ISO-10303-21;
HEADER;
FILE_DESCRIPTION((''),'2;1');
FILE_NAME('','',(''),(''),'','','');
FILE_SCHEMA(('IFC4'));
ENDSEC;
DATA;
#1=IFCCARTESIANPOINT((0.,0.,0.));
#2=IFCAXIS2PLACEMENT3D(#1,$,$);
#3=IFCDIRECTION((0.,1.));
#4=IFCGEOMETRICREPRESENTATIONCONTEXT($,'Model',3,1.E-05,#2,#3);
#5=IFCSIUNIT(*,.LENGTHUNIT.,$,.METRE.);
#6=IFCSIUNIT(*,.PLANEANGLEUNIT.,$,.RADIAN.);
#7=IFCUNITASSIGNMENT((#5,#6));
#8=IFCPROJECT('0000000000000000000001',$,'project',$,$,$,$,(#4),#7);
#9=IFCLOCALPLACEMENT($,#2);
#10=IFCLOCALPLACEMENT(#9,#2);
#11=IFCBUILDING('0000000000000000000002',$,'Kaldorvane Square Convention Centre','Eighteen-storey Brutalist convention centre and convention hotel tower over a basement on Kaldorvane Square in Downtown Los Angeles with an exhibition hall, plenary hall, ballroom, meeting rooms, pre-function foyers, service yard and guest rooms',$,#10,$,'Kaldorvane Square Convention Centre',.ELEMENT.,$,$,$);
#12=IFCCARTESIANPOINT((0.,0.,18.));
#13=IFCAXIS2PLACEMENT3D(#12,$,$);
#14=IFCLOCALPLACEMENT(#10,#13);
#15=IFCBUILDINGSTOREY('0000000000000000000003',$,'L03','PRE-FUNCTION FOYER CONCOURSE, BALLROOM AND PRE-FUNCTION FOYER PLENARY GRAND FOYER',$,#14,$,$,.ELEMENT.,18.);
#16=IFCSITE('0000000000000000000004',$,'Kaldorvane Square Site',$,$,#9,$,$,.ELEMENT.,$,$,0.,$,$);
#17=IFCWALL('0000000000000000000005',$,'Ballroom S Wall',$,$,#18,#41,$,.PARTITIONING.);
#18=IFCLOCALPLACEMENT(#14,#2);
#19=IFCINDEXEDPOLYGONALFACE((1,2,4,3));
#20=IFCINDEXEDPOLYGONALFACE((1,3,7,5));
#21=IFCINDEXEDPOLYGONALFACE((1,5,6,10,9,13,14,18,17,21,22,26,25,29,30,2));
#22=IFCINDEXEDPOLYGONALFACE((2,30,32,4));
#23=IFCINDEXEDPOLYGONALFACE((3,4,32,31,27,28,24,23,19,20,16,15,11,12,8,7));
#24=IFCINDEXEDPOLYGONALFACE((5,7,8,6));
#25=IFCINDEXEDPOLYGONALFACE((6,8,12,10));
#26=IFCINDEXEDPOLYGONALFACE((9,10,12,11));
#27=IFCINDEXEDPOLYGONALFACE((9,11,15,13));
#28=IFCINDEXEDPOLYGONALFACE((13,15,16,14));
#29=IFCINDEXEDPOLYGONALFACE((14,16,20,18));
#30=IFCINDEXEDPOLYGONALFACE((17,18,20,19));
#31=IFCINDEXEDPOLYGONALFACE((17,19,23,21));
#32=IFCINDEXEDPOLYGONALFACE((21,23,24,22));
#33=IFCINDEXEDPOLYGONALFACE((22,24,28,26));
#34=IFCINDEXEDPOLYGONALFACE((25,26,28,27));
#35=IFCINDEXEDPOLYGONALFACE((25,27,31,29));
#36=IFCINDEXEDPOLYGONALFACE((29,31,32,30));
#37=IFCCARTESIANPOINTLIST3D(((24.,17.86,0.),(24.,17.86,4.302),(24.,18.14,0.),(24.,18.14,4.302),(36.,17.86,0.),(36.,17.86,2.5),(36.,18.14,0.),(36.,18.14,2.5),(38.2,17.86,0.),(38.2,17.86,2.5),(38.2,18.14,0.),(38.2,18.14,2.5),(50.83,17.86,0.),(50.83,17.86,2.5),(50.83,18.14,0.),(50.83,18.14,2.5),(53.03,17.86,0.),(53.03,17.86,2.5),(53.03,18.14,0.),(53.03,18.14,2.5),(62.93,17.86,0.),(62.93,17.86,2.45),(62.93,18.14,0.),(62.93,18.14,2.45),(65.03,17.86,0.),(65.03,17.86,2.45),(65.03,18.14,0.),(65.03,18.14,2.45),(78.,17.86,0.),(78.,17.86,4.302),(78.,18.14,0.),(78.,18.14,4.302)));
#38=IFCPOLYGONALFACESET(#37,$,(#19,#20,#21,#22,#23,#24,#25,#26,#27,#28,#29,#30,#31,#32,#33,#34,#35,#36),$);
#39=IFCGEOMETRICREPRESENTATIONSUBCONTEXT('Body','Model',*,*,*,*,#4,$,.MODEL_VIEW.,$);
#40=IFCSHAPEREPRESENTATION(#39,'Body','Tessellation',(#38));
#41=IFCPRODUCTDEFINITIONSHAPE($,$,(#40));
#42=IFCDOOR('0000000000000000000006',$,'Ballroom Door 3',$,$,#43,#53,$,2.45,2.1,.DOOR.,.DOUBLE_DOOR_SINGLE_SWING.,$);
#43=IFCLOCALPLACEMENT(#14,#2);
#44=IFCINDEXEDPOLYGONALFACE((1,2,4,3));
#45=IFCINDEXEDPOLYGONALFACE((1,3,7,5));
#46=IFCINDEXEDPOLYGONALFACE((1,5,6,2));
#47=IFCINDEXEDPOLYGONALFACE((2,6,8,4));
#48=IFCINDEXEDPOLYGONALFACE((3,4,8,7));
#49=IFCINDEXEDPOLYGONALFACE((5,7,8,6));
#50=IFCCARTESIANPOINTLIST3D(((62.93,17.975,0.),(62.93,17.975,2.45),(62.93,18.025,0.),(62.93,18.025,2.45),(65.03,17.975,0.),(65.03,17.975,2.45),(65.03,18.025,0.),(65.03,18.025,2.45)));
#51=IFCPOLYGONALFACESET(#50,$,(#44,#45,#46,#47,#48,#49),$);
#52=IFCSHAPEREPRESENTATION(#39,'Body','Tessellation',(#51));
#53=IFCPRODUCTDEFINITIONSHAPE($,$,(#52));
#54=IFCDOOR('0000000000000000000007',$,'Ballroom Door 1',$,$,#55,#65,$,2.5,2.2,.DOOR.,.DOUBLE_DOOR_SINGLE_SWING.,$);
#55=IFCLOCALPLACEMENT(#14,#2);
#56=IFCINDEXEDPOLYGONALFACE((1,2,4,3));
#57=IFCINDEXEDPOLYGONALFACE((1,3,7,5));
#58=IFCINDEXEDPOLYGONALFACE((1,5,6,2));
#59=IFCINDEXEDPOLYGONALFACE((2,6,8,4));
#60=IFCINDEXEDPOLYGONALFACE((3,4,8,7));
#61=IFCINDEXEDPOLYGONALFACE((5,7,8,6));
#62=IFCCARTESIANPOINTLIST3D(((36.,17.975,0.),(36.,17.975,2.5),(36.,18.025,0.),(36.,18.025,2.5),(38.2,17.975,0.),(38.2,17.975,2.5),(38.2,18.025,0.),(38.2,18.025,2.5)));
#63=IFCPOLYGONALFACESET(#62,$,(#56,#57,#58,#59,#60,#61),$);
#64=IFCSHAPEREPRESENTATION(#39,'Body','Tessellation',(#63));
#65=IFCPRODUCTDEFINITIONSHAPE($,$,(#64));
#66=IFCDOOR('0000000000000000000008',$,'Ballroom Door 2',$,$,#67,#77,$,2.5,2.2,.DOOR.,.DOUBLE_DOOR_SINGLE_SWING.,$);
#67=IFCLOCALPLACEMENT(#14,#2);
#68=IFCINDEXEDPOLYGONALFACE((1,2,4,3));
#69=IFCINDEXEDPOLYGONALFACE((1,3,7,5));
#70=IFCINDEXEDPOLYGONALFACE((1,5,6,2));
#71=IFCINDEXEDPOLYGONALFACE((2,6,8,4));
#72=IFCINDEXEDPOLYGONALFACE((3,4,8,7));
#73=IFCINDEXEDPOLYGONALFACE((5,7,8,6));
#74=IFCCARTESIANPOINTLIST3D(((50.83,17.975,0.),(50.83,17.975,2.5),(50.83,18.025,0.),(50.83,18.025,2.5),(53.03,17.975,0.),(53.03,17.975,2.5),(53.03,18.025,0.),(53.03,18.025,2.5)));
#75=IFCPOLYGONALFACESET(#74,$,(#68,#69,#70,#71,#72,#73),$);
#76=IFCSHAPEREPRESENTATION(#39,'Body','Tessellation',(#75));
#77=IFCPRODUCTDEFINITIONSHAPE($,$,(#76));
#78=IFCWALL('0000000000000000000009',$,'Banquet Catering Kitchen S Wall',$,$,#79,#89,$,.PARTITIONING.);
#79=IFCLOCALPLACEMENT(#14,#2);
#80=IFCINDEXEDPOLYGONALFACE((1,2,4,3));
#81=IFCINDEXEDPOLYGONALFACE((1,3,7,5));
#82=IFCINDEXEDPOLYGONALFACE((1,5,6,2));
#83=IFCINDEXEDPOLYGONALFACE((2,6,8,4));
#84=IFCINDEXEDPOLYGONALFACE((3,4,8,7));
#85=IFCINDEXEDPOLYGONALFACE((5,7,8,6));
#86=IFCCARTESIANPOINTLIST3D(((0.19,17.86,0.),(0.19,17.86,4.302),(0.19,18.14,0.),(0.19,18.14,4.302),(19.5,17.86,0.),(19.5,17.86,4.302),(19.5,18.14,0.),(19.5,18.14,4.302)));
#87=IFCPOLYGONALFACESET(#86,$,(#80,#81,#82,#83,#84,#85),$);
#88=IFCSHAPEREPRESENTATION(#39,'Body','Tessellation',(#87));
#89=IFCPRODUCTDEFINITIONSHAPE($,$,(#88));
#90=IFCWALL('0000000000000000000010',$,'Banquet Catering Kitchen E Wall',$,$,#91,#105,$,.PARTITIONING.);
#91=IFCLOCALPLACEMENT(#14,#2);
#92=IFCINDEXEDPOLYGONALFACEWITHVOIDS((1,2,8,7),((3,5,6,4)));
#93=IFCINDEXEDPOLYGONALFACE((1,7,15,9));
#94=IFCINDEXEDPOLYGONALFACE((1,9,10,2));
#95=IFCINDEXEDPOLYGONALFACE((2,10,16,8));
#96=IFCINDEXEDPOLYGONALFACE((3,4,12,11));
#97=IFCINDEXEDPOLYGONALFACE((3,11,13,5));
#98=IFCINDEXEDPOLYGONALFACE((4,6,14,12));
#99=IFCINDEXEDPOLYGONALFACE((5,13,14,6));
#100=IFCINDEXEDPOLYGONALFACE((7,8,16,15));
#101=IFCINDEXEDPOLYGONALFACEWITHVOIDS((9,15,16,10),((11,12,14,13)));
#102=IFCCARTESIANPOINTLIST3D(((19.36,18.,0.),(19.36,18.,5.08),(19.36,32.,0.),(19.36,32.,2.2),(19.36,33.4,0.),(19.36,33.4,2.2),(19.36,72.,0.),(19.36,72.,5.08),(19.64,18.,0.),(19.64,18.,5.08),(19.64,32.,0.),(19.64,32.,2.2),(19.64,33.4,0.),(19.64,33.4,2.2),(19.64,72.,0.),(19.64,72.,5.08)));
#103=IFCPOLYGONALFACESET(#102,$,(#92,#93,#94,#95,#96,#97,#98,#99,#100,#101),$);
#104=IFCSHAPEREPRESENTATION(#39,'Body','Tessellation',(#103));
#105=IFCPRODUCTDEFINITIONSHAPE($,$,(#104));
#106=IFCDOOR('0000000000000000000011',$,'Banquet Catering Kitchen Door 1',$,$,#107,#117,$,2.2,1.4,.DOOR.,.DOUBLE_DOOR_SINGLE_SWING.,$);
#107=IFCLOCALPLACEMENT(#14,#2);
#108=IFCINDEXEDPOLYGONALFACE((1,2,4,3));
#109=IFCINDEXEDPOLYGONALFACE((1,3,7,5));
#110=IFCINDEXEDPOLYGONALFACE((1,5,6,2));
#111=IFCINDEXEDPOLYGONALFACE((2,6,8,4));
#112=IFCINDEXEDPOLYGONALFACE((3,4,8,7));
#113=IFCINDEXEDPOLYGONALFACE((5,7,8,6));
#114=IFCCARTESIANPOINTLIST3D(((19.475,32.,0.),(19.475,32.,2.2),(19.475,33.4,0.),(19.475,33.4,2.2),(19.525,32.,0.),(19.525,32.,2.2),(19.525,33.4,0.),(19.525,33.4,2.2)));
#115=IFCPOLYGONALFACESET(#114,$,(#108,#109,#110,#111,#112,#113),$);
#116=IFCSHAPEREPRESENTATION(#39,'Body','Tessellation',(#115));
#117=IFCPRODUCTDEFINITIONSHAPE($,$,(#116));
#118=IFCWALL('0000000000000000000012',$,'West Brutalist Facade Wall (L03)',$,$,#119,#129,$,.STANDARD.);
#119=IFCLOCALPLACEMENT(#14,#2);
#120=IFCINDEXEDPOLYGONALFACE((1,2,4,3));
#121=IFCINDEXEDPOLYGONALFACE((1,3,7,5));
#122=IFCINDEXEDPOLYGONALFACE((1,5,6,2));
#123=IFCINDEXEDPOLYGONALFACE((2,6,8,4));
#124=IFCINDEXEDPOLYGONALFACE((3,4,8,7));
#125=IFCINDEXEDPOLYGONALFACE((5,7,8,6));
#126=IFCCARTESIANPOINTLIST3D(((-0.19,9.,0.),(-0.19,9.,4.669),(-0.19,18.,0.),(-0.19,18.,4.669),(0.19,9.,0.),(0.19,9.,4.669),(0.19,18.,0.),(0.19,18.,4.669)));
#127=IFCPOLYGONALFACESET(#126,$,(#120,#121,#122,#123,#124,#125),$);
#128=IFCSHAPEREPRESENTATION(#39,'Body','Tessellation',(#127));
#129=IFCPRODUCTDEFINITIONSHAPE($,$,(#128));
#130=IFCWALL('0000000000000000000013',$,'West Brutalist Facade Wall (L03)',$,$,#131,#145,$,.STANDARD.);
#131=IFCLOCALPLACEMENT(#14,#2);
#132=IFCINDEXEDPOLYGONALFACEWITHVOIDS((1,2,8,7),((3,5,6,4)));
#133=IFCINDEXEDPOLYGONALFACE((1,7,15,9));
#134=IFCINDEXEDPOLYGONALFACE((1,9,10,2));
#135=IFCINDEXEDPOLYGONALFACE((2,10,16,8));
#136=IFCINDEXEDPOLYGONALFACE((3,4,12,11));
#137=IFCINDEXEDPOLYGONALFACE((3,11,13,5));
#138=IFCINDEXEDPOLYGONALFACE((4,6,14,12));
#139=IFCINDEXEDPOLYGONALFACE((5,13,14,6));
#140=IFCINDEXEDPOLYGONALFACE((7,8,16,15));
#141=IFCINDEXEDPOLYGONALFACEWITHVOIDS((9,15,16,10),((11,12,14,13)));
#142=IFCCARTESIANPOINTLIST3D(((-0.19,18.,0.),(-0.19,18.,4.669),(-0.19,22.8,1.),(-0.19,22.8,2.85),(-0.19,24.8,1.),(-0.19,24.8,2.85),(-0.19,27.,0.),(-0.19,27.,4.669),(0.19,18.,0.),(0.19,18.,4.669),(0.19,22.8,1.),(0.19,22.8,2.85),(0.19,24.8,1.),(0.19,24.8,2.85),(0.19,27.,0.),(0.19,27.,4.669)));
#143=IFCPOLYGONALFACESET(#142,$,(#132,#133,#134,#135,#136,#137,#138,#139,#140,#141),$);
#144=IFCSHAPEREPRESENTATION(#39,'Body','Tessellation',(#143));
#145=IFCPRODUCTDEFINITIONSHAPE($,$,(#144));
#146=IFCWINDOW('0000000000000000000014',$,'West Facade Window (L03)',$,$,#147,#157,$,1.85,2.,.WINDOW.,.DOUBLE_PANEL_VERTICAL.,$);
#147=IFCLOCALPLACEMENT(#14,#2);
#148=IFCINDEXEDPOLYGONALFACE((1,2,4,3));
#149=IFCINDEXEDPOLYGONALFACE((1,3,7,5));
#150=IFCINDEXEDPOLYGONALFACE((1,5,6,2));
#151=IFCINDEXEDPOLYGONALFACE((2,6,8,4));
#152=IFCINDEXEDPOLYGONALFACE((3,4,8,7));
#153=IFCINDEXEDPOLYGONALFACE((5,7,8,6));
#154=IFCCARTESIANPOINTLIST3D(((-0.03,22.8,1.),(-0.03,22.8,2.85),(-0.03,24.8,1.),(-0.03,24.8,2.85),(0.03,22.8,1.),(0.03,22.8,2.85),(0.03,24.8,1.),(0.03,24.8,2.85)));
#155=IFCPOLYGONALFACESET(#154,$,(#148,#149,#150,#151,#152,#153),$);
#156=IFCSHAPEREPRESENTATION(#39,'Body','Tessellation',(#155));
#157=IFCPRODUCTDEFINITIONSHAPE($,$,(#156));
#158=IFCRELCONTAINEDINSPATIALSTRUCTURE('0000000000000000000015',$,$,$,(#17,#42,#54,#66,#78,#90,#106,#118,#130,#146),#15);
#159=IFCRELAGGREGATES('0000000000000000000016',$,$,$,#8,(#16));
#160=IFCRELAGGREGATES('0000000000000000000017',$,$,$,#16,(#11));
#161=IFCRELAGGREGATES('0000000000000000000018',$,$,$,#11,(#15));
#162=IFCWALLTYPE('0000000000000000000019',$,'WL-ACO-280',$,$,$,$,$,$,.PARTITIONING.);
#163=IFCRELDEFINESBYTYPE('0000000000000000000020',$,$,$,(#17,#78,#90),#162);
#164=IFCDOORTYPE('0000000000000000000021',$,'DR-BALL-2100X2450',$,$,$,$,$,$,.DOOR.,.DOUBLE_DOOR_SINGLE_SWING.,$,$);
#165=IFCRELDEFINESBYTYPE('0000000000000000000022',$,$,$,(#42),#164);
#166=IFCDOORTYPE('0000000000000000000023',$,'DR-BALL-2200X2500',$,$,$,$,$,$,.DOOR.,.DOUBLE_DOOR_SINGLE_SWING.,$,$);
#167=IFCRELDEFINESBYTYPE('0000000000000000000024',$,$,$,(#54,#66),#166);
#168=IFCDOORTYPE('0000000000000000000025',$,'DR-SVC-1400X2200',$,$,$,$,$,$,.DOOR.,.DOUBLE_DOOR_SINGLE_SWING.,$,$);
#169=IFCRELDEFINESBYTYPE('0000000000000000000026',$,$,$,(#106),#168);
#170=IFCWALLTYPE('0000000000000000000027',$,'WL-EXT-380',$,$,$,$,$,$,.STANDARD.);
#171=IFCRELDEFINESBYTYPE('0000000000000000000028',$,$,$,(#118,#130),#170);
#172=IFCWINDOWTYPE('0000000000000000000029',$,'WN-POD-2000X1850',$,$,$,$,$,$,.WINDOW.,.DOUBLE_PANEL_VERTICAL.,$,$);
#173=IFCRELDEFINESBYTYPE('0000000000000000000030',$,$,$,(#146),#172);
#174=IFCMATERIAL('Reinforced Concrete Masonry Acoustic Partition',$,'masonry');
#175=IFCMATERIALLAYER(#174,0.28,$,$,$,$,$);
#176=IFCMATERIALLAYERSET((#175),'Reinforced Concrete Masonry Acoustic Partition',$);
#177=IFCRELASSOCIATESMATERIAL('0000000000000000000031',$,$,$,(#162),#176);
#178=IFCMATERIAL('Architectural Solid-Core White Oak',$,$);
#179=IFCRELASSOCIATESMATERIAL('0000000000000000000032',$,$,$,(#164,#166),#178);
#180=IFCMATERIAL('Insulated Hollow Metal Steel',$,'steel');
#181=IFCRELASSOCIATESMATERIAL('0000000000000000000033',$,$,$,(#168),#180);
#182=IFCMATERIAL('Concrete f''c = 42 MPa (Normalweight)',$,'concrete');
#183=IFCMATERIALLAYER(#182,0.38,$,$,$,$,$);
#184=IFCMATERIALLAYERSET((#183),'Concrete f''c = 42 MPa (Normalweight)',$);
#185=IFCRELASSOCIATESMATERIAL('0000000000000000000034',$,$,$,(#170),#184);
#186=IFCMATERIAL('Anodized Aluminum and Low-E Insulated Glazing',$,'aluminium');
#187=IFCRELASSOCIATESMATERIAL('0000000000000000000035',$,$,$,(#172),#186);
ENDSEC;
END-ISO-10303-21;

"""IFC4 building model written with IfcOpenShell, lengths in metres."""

from ifc_helpers import new_model, si_unit, direction, frame, frame_2d, origin, place, context, subcontext, project, spatial, rectangle, extrude, material, layer, layer_set, type_object, element, fill, save


model = new_model("IFC4")

# Units and contexts
model_context = context("Model", 3, precision=1e-05, world=origin(), true_north=direction((0.0, 1.0)))
body_context = subcontext(model_context, "Body", "Model", "MODEL_VIEW")
ifc_project = project(units=[si_unit("LENGTHUNIT", "METRE"), si_unit("PLANEANGLEUNIT", "RADIAN")], contexts=[model_context])

# Site, building, storey
site_placement = place(None, origin())
site = spatial("IfcSite", under=ifc_project, at=site_placement, Name="Kaldorvane Square Site", CompositionType="ELEMENT", RefElevation=0.0)
building_placement = place(site_placement, origin())
building = spatial("IfcBuilding", under=site, at=building_placement, Name="Kaldorvane Square Convention Centre", Description="Eighteen-storey Brutalist convention centre and convention hotel tower over a basement on Kaldorvane Square in Downtown Los Angeles with an exhibition hall, plenary hall, ballroom, meeting rooms, pre-function foyers, service yard and guest rooms", LongName="Kaldorvane Square Convention Centre", CompositionType="ELEMENT")
storey_placement = place(building_placement, frame((0.0, 0.0, 18.0)))
storey = spatial("IfcBuildingStorey", under=building, at=storey_placement, Name="L03", Description="PRE-FUNCTION FOYER CONCOURSE, BALLROOM AND PRE-FUNCTION FOYER PLENARY GRAND FOYER", CompositionType="ELEMENT", Elevation=18.0)

# Wall, openings, doors
ifc_material_1 = material(Name="Reinforced Concrete Masonry Acoustic Partition", Category="masonry")
ifc_layer_1 = layer(ifc_material_1, 0.28)
ifc_layer_set_1 = layer_set([ifc_layer_1], Name="Reinforced Concrete Masonry Acoustic Partition")
wall_type_1 = type_object("IfcWallType", Name="WL-ACO-280", PredefinedType="PARTITIONING", material=ifc_layer_set_1)
wall_1_placement = place(storey_placement, frame((24.0, 18.0, 0.0), z_axis=(0.0, 0.0, 1.0), x_axis=(1.0, 0.0, 0.0)))
wall_1 = element("IfcWall", 1, at=wall_1_placement, inside=storey, type_object=wall_type_1, Name="Ballroom S Wall", PredefinedType="PARTITIONING", context=body_context, shape_type="SweptSolid", body=[
    extrude(rectangle(XDim=54.0, YDim=0.28, at=frame_2d((27.0, 0.0))), origin(), (0.0, 0.0, 1.0), 4.302),
])
opening_1_placement = place(wall_1_placement, frame((12.0, 0.0, 0.0)))
opening_1 = element("IfcOpeningElement", 2, at=opening_1_placement, cuts=wall_1, PredefinedType="OPENING", context=body_context, shape_type="SweptSolid", body=[
    extrude(rectangle(XDim=2.2, YDim=2.5, at=frame_2d((1.1, 1.25))), frame((0.0, 0.155, 0.0), z_axis=(0.0, -1.0, 0.0), x_axis=(1.0, 0.0, 0.0)), (0.0, 0.0, 1.0), 0.31),
])
opening_2_placement = place(wall_1_placement, frame((26.83, 0.0, 0.0)))
opening_2 = element("IfcOpeningElement", 3, at=opening_2_placement, cuts=wall_1, PredefinedType="OPENING", context=body_context, shape_type="SweptSolid", body=[
    extrude(rectangle(XDim=2.2, YDim=2.5, at=frame_2d((1.1, 1.25))), frame((0.0, 0.155, 0.0), z_axis=(0.0, -1.0, 0.0), x_axis=(1.0, 0.0, 0.0)), (0.0, 0.0, 1.0), 0.31),
])
opening_3_placement = place(wall_1_placement, frame((38.93, 0.0, 0.0)))
opening_3 = element("IfcOpeningElement", 4, at=opening_3_placement, cuts=wall_1, PredefinedType="OPENING", context=body_context, shape_type="SweptSolid", body=[
    extrude(rectangle(XDim=2.1, YDim=2.45, at=frame_2d((1.05, 1.225))), frame((0.0, 0.155, 0.0), z_axis=(0.0, -1.0, 0.0), x_axis=(1.0, 0.0, 0.0)), (0.0, 0.0, 1.0), 0.31),
])
ifc_material_2 = material(Name="Architectural Solid-Core White Oak")
door_type_1 = type_object("IfcDoorType", Name="DR-BALL-2100X2450", OperationType="DOUBLE_DOOR_SINGLE_SWING", PredefinedType="DOOR", material=ifc_material_2)
door_1_placement = place(opening_3_placement, origin())
door_1 = element("IfcDoor", 5, at=door_1_placement, inside=storey, type_object=door_type_1, Name="Ballroom Door 3", OperationType="DOUBLE_DOOR_SINGLE_SWING", OverallHeight=2.45, OverallWidth=2.1, PredefinedType="DOOR", context=body_context, shape_type="SweptSolid", body=[
    extrude(rectangle(XDim=2.1, YDim=2.45, at=frame_2d((1.05, 1.225))), frame((0.0, 0.025, 0.0), z_axis=(0.0, -1.0, 0.0), x_axis=(1.0, 0.0, 0.0)), (0.0, 0.0, 1.0), 0.05),
])
fill(opening_3, door_1)
door_type_2 = type_object("IfcDoorType", Name="DR-BALL-2200X2500", OperationType="DOUBLE_DOOR_SINGLE_SWING", PredefinedType="DOOR", material=ifc_material_2)
door_2_placement = place(opening_1_placement, origin())
door_2 = element("IfcDoor", 6, at=door_2_placement, inside=storey, type_object=door_type_2, Name="Ballroom Door 1", OperationType="DOUBLE_DOOR_SINGLE_SWING", OverallHeight=2.5, OverallWidth=2.2, PredefinedType="DOOR", context=body_context, shape_type="SweptSolid", body=[
    extrude(rectangle(XDim=2.2, YDim=2.5, at=frame_2d((1.1, 1.25))), frame((0.0, 0.025, 0.0), z_axis=(0.0, -1.0, 0.0), x_axis=(1.0, 0.0, 0.0)), (0.0, 0.0, 1.0), 0.05),
])
fill(opening_1, door_2)
door_3_placement = place(opening_2_placement, origin())
door_3 = element("IfcDoor", 7, at=door_3_placement, inside=storey, type_object=door_type_2, Name="Ballroom Door 2", OperationType="DOUBLE_DOOR_SINGLE_SWING", OverallHeight=2.5, OverallWidth=2.2, PredefinedType="DOOR", context=body_context, shape_type="SweptSolid", body=[
    extrude(rectangle(XDim=2.2, YDim=2.5, at=frame_2d((1.1, 1.25))), frame((0.0, 0.025, 0.0), z_axis=(0.0, -1.0, 0.0), x_axis=(1.0, 0.0, 0.0)), (0.0, 0.0, 1.0), 0.05),
])
fill(opening_2, door_3)

# Wall
wall_2_placement = place(storey_placement, frame((0.19, 18.0, 0.0), z_axis=(0.0, 0.0, 1.0), x_axis=(1.0, 0.0, 0.0)))
element("IfcWall", 8, at=wall_2_placement, inside=storey, type_object=wall_type_1, Name="Banquet Catering Kitchen S Wall", PredefinedType="PARTITIONING", context=body_context, shape_type="SweptSolid", body=[
    extrude(rectangle(XDim=19.31, YDim=0.28, at=frame_2d((9.655, 0.0))), origin(), (0.0, 0.0, 1.0), 4.302),
])

# Wall, opening, door
wall_3_placement = place(storey_placement, frame((19.5, 18.0, 0.0), z_axis=(0.0, 0.0, 1.0), x_axis=(0.0, 1.0, 0.0)))
wall_3 = element("IfcWall", 9, at=wall_3_placement, inside=storey, type_object=wall_type_1, Name="Banquet Catering Kitchen E Wall", PredefinedType="PARTITIONING", context=body_context, shape_type="SweptSolid", body=[
    extrude(rectangle(XDim=54.0, YDim=0.28, at=frame_2d((27.0, 0.0))), origin(), (0.0, 0.0, 1.0), 5.08),
])
opening_4_placement = place(wall_3_placement, frame((14.0, 0.0, 0.0)))
opening_4 = element("IfcOpeningElement", 10, at=opening_4_placement, cuts=wall_3, PredefinedType="OPENING", context=body_context, shape_type="SweptSolid", body=[
    extrude(rectangle(XDim=1.4, YDim=2.2, at=frame_2d((0.7, 1.1))), frame((0.0, 0.155, 0.0), z_axis=(0.0, -1.0, 0.0), x_axis=(1.0, 0.0, 0.0)), (0.0, 0.0, 1.0), 0.31),
])
ifc_material_3 = material(Name="Insulated Hollow Metal Steel", Category="steel")
door_type_3 = type_object("IfcDoorType", Name="DR-SVC-1400X2200", OperationType="DOUBLE_DOOR_SINGLE_SWING", PredefinedType="DOOR", material=ifc_material_3)
door_4_placement = place(opening_4_placement, origin())
door_4 = element("IfcDoor", 11, at=door_4_placement, inside=storey, type_object=door_type_3, Name="Banquet Catering Kitchen Door 1", OperationType="DOUBLE_DOOR_SINGLE_SWING", OverallHeight=2.2, OverallWidth=1.4, PredefinedType="DOOR", context=body_context, shape_type="SweptSolid", body=[
    extrude(rectangle(XDim=1.4, YDim=2.2, at=frame_2d((0.7, 1.1))), frame((0.0, 0.025, 0.0), z_axis=(0.0, -1.0, 0.0), x_axis=(1.0, 0.0, 0.0)), (0.0, 0.0, 1.0), 0.05),
])
fill(opening_4, door_4)

# Wall
ifc_material_4 = material(Name="Concrete f'c = 42 MPa (Normalweight)", Category="concrete")
ifc_layer_2 = layer(ifc_material_4, 0.38)
ifc_layer_set_2 = layer_set([ifc_layer_2], Name="Concrete f'c = 42 MPa (Normalweight)")
wall_type_2 = type_object("IfcWallType", Name="WL-EXT-380", PredefinedType="STANDARD", material=ifc_layer_set_2)
wall_4_placement = place(storey_placement, frame((0.0, 18.0, 0.0), z_axis=(0.0, 0.0, 1.0), x_axis=(0.0, -1.0, 0.0)))
element("IfcWall", 12, at=wall_4_placement, inside=storey, type_object=wall_type_2, Name="West Brutalist Facade Wall (L03)", PredefinedType="STANDARD", context=body_context, shape_type="SweptSolid", body=[
    extrude(rectangle(XDim=9.0, YDim=0.38, at=frame_2d((4.5, 0.0))), origin(), (0.0, 0.0, 1.0), 4.669),
])

# Wall, opening, window
wall_5_placement = place(storey_placement, frame((0.0, 27.0, 0.0), z_axis=(0.0, 0.0, 1.0), x_axis=(0.0, -1.0, 0.0)))
wall_5 = element("IfcWall", 13, at=wall_5_placement, inside=storey, type_object=wall_type_2, Name="West Brutalist Facade Wall (L03)", PredefinedType="STANDARD", context=body_context, shape_type="SweptSolid", body=[
    extrude(rectangle(XDim=9.0, YDim=0.38, at=frame_2d((4.5, 0.0))), origin(), (0.0, 0.0, 1.0), 4.669),
])
opening_5_placement = place(wall_5_placement, frame((2.2, 0.0, 1.0)))
opening_5 = element("IfcOpeningElement", 14, at=opening_5_placement, cuts=wall_5, PredefinedType="OPENING", context=body_context, shape_type="SweptSolid", body=[
    extrude(rectangle(XDim=2.0, YDim=1.85, at=frame_2d((1.0, 0.925))), frame((0.0, 0.205, 0.0), z_axis=(0.0, -1.0, 0.0), x_axis=(1.0, 0.0, 0.0)), (0.0, 0.0, 1.0), 0.41),
])
ifc_material_5 = material(Name="Anodized Aluminum and Low-E Insulated Glazing", Category="aluminium")
window_type = type_object("IfcWindowType", Name="WN-POD-2000X1850", PartitioningType="DOUBLE_PANEL_VERTICAL", PredefinedType="WINDOW", material=ifc_material_5)
window_placement = place(opening_5_placement, origin())
window = element("IfcWindow", 15, at=window_placement, inside=storey, type_object=window_type, Name="West Facade Window (L03)", OverallHeight=1.85, OverallWidth=2.0, PartitioningType="DOUBLE_PANEL_VERTICAL", PredefinedType="WINDOW", context=body_context, shape_type="SweptSolid", body=[
    extrude(rectangle(XDim=2.0, YDim=1.85, at=frame_2d((1.0, 0.925))), frame((0.0, 0.03, 0.0), z_axis=(0.0, -1.0, 0.0), x_axis=(1.0, 0.0, 0.0)), (0.0, 0.0, 1.0), 0.06),
])
fill(opening_5, window)

save(model, "model.ifc")
